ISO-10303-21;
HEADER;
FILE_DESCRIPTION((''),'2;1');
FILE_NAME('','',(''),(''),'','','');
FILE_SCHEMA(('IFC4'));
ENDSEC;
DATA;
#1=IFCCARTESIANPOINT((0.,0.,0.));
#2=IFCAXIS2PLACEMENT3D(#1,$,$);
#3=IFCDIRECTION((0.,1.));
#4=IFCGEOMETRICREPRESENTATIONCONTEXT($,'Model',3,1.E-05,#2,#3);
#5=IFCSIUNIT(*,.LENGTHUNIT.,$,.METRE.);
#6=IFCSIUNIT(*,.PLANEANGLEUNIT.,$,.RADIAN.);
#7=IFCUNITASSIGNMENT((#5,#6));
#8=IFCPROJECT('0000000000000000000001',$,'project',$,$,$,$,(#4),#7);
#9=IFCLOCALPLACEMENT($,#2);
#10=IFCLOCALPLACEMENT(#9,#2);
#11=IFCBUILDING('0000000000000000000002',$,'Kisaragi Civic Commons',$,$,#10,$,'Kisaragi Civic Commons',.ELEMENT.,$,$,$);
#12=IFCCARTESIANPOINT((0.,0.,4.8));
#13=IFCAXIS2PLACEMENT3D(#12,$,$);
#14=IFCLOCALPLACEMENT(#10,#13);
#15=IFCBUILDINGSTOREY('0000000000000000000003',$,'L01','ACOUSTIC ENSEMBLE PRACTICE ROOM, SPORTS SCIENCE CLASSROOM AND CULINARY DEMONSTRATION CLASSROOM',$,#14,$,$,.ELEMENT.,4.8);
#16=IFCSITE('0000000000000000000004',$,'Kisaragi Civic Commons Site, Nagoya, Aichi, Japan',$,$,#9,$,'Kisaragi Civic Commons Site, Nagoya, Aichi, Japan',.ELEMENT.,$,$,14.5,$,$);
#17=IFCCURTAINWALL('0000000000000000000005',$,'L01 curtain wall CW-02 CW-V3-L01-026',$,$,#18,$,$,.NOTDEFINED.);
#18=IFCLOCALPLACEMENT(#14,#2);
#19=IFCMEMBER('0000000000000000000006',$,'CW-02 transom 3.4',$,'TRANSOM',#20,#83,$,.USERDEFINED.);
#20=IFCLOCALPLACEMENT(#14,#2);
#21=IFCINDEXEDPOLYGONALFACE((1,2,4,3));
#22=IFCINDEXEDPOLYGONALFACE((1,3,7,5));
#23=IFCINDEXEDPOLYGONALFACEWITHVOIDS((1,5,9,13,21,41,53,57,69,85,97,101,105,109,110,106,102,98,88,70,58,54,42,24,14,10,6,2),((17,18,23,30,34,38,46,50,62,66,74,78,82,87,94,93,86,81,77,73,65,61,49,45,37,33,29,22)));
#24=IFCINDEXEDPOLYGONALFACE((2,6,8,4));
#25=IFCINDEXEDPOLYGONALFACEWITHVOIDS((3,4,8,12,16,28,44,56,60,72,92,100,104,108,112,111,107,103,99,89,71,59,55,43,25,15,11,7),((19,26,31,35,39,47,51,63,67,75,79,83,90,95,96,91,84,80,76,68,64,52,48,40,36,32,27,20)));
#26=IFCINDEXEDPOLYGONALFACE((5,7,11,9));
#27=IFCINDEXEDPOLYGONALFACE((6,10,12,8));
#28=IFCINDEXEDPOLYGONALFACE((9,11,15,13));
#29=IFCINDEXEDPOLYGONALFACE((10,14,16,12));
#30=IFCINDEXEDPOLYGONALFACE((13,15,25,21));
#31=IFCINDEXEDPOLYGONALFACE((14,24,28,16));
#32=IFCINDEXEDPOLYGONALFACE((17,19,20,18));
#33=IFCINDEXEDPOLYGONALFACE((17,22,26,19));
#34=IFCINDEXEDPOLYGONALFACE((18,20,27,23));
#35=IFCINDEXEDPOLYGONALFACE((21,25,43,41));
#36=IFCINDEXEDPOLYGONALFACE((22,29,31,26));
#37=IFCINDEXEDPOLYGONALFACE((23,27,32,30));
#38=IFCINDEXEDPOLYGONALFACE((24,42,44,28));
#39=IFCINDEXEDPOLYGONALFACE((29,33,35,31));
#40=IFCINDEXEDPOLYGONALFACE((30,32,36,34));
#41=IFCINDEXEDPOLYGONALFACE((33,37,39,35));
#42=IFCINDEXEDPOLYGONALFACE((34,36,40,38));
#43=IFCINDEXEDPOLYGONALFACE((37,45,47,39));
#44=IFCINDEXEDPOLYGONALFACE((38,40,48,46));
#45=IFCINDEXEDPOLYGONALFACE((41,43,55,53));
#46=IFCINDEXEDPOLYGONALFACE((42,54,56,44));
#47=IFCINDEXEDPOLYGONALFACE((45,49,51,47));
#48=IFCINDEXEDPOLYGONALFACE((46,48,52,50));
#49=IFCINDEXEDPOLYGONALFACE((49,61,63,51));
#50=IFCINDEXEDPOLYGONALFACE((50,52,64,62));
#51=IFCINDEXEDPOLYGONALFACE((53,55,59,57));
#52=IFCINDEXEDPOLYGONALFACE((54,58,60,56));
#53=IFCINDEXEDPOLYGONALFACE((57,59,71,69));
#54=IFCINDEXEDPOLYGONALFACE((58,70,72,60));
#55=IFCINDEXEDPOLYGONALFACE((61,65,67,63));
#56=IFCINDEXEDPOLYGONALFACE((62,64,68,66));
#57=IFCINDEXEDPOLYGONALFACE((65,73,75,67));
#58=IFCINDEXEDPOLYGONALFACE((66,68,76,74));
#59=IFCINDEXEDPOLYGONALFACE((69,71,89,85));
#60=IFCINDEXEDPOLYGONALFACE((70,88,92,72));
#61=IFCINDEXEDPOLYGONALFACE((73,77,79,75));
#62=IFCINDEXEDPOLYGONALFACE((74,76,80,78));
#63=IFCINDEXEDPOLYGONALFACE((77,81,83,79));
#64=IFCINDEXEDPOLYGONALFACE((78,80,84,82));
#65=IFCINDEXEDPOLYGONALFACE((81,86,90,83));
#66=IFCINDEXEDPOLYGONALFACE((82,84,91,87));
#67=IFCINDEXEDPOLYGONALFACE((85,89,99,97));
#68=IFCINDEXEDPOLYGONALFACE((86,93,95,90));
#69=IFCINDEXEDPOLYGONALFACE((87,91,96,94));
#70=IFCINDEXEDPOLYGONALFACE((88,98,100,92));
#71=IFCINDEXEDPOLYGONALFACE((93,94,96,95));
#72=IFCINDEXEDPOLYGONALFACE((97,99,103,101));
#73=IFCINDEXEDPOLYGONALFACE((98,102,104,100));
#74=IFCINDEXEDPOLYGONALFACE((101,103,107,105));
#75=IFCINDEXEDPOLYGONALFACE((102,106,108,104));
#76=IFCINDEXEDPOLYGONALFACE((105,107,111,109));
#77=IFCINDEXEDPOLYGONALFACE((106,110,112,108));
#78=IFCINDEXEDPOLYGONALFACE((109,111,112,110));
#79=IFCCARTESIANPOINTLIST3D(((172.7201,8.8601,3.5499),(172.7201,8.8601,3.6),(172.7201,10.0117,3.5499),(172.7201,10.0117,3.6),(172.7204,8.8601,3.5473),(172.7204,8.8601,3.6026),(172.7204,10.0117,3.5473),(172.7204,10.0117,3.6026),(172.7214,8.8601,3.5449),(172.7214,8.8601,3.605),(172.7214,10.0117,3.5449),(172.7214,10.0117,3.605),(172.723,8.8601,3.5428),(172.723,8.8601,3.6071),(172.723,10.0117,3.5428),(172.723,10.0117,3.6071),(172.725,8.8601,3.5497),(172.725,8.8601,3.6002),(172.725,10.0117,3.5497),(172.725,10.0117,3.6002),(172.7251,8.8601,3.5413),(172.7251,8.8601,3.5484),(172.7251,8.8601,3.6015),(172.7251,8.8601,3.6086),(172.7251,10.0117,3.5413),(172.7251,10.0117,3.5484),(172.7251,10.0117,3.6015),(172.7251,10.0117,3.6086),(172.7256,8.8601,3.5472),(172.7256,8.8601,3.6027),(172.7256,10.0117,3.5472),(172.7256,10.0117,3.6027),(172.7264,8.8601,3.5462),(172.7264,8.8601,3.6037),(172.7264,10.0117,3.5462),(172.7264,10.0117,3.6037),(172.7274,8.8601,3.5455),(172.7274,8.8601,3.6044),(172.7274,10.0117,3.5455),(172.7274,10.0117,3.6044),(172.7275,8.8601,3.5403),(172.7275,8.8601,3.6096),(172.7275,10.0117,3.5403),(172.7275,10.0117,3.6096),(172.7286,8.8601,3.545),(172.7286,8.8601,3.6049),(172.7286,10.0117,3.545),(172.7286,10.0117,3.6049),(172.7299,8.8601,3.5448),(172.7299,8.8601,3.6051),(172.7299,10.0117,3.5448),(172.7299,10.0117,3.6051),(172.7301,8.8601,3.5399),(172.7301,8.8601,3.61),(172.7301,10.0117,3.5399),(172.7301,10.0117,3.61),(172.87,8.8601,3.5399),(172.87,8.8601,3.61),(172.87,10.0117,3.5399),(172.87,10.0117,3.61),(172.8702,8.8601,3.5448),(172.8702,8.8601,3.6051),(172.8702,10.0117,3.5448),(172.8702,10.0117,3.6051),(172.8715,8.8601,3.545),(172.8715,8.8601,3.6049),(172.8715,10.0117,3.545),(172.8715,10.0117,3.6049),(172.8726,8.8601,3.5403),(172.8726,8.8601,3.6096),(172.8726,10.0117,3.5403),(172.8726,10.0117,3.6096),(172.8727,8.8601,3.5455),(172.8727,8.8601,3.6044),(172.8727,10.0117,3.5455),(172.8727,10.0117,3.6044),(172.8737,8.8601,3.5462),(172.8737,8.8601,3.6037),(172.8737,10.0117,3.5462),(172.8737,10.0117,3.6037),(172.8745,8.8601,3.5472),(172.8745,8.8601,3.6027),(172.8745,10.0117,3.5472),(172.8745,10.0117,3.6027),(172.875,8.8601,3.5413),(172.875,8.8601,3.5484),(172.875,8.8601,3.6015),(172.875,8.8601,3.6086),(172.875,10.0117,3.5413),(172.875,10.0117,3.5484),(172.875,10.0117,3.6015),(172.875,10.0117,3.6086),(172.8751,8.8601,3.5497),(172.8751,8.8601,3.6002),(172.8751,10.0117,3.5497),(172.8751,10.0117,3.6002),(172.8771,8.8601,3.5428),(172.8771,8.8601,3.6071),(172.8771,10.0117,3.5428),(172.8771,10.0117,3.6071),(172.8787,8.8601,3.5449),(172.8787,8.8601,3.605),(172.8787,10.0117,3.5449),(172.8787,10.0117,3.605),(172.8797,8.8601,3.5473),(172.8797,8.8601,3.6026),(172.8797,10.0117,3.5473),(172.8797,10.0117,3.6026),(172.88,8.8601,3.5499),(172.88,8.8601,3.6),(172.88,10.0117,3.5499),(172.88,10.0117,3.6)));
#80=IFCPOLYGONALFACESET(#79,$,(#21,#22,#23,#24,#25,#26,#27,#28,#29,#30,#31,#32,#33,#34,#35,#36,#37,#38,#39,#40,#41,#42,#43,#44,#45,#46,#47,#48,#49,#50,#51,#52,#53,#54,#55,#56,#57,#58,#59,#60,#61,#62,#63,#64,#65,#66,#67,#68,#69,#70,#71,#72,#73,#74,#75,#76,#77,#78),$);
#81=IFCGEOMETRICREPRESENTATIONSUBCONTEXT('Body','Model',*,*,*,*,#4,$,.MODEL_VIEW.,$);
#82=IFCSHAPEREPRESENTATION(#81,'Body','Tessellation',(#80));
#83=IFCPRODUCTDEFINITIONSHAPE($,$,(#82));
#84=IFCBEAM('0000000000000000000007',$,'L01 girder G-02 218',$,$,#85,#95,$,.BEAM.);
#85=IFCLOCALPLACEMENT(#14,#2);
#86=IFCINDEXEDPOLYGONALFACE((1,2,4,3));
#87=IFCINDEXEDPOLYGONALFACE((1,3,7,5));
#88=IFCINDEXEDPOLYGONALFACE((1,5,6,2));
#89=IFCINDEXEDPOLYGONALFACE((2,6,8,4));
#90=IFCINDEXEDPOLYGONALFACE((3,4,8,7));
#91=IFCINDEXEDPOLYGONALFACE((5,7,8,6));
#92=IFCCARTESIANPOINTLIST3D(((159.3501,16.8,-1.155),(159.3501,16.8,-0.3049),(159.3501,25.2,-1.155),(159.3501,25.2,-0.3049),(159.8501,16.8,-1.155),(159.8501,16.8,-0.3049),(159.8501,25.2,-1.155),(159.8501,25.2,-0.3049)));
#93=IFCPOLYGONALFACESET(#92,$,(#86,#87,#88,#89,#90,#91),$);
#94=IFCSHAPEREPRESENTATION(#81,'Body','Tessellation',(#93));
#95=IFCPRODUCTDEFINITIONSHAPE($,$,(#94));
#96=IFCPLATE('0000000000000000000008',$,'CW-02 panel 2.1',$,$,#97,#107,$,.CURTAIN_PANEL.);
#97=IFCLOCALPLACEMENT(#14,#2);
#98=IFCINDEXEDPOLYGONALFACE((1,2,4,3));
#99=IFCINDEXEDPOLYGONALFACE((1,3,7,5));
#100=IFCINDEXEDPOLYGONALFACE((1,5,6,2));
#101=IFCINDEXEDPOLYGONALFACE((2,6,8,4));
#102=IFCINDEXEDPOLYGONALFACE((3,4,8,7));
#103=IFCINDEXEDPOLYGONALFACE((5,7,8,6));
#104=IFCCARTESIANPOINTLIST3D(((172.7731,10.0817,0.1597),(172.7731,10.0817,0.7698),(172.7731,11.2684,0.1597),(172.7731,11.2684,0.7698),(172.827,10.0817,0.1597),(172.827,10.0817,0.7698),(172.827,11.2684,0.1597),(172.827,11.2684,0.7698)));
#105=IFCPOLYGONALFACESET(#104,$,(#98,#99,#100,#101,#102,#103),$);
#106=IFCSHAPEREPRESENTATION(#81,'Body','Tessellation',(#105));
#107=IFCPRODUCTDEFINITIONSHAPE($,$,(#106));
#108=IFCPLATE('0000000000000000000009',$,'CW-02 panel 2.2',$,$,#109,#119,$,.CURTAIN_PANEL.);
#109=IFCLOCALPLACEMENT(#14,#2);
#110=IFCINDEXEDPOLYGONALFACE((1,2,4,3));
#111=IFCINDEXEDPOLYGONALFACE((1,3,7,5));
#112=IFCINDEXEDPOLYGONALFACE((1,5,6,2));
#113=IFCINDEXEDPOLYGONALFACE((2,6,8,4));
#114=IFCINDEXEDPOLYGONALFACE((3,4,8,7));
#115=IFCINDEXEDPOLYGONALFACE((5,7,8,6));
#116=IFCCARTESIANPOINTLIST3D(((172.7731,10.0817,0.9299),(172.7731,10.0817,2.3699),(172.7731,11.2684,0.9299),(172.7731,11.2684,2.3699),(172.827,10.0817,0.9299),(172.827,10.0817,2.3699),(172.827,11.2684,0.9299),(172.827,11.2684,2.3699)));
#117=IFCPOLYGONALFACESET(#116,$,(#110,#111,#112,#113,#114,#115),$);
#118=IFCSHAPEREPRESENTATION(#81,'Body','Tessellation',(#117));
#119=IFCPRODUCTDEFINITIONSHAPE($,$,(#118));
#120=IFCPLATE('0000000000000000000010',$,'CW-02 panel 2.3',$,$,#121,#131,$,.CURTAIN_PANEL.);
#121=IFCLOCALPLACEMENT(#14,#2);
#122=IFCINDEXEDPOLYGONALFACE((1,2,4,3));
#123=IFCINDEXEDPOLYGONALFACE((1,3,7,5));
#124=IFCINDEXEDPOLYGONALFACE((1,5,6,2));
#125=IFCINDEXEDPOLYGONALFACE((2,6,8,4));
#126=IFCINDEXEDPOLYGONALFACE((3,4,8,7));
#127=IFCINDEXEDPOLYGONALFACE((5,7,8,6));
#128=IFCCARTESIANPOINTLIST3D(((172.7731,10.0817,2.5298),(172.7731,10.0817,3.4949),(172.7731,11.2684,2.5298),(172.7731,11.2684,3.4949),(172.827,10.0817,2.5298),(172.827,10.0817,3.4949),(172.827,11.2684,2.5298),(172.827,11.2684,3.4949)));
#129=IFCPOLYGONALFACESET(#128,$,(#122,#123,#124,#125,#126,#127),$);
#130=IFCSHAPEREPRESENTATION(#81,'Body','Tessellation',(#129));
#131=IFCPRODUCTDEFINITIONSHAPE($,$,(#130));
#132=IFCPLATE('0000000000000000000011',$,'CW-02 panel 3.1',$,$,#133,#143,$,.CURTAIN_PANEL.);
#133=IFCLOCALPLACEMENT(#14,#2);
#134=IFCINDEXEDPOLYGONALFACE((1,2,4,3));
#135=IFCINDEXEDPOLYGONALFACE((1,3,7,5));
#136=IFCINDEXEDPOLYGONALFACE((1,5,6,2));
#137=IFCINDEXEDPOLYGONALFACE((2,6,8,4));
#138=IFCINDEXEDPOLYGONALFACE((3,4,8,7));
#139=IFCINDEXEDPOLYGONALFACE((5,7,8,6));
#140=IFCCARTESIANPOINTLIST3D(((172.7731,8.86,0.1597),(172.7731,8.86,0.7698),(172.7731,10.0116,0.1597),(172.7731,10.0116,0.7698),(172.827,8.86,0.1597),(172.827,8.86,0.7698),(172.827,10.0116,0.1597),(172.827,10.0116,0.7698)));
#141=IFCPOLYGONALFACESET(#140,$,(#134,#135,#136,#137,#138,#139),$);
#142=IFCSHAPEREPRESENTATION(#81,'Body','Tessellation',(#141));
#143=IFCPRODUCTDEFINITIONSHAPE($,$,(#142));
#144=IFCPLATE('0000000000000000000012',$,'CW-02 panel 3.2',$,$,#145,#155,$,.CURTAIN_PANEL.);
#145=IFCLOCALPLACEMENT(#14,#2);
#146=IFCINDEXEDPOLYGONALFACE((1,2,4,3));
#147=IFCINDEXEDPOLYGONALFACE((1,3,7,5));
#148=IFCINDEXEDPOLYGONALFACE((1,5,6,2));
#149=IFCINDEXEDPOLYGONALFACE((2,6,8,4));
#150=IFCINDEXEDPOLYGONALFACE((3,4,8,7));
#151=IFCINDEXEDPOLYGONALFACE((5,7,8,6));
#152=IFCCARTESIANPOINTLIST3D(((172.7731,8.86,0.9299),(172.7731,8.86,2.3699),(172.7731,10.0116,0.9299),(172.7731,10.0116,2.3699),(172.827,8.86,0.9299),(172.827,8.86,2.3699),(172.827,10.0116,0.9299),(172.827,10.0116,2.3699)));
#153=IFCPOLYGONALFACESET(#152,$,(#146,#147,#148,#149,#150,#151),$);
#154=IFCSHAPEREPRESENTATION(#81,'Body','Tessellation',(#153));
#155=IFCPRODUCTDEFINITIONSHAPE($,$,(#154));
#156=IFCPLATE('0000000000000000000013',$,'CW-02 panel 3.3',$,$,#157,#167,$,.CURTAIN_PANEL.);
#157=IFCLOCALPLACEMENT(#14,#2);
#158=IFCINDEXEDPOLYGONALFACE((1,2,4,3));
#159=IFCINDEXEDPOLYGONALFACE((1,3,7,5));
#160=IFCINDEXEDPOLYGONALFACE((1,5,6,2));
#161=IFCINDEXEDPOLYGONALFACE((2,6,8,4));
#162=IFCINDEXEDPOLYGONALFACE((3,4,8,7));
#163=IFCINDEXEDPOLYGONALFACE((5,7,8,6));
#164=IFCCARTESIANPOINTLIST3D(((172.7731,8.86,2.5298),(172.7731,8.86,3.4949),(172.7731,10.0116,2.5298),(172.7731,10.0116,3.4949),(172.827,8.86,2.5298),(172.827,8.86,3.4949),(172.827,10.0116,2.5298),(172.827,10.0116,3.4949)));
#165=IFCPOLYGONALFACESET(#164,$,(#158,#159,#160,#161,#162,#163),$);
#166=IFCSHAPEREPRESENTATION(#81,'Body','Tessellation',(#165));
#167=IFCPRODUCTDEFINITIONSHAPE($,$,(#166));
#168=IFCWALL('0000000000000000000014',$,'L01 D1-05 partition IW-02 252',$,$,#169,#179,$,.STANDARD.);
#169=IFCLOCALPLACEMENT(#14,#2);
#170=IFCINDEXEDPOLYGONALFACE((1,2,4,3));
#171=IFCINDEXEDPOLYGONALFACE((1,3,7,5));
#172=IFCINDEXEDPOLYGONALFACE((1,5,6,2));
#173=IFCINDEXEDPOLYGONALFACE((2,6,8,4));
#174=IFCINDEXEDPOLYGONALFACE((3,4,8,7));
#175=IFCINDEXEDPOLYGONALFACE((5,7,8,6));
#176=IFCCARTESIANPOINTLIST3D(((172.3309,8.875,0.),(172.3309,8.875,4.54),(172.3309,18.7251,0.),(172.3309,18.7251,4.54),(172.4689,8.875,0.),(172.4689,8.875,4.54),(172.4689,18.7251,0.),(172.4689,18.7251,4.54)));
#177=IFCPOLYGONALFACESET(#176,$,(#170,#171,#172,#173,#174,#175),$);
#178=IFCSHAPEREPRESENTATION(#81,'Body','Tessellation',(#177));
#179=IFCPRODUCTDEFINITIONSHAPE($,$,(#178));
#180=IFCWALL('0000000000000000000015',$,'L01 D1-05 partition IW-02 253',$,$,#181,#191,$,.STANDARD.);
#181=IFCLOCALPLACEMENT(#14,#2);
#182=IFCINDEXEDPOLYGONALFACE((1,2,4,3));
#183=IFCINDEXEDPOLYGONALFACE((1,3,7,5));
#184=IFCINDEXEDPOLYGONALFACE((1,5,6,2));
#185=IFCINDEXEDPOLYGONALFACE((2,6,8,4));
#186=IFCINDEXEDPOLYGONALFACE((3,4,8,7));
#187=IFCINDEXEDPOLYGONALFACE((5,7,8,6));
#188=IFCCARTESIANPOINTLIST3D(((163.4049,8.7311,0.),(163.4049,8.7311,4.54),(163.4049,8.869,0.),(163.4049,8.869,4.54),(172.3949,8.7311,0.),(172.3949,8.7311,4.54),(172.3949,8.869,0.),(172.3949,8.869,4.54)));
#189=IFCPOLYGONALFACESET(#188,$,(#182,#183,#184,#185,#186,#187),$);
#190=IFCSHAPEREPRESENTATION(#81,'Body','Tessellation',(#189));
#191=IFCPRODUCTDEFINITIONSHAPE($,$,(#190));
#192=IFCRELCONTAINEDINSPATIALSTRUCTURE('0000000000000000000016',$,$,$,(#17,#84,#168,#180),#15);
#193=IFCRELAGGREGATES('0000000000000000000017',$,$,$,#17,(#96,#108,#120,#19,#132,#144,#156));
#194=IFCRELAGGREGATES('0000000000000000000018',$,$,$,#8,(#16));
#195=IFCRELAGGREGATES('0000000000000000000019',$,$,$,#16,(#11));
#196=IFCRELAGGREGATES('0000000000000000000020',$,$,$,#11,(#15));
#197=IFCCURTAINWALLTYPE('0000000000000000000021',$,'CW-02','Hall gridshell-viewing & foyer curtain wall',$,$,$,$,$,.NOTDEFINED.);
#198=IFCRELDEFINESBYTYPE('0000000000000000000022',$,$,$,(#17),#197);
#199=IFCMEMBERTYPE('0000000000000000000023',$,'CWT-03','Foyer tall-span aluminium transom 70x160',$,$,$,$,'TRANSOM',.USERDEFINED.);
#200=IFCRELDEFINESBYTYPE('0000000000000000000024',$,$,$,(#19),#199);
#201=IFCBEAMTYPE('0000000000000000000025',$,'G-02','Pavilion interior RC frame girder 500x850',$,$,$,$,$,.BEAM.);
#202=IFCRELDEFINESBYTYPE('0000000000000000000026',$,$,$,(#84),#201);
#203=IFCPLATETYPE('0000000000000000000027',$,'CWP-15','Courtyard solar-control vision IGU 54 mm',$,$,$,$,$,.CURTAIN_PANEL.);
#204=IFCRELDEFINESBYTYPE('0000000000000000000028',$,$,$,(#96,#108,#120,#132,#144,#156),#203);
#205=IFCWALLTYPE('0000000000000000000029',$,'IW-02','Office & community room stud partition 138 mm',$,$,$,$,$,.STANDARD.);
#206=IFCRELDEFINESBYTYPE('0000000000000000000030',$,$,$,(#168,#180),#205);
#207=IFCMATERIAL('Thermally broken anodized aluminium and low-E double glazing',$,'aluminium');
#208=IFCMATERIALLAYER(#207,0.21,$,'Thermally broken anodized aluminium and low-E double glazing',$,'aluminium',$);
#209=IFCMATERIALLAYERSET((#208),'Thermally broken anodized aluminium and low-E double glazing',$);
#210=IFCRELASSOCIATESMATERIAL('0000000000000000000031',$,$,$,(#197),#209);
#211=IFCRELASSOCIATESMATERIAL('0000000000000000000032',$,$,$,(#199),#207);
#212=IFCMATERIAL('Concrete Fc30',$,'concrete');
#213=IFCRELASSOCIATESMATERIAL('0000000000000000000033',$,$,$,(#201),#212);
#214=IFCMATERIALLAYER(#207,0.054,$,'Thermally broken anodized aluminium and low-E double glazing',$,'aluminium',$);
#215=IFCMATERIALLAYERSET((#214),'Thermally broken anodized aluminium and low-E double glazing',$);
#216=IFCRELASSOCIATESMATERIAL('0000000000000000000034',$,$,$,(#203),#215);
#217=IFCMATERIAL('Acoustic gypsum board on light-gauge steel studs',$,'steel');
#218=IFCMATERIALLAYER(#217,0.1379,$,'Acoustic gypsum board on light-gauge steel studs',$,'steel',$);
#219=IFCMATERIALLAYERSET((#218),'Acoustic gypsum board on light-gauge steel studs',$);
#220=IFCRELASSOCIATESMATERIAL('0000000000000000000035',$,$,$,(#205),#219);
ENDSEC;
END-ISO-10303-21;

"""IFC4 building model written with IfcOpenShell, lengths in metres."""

from ifc_helpers import new_model, si_unit, direction, frame, frame_2d, origin, origin_2d, place, context, subcontext, project, spatial, rectangle, hollow_rectangle, extrude, material, layer, layer_set, material_profile, profile_set, type_object, element, aggregate, save


model = new_model("IFC4")

# Units and contexts
model_context = context("Model", 3, precision=1e-05, world=origin(), true_north=direction((0.0, 1.0)))
body_context = subcontext(model_context, "Body", "Model", "MODEL_VIEW")
ifc_project = project(units=[si_unit("LENGTHUNIT", "METRE"), si_unit("PLANEANGLEUNIT", "RADIAN")], contexts=[model_context])

# Site, building, storey
site_placement = place(None, origin())
site = spatial("IfcSite", under=ifc_project, at=site_placement, Name="Kisaragi Civic Commons Site, Nagoya, Aichi, Japan", LongName="Kisaragi Civic Commons Site, Nagoya, Aichi, Japan", CompositionType="ELEMENT", RefElevation=14.5)
building_placement = place(site_placement, origin())
building = spatial("IfcBuilding", under=site, at=building_placement, Name="Kisaragi Civic Commons", LongName="Kisaragi Civic Commons", CompositionType="ELEMENT")
storey_placement = place(building_placement, frame((0.0, 0.0, 4.8)))
storey = spatial("IfcBuildingStorey", under=building, at=storey_placement, Name="L01", Description="ACOUSTIC ENSEMBLE PRACTICE ROOM, SPORTS SCIENCE CLASSROOM AND CULINARY DEMONSTRATION CLASSROOM", CompositionType="ELEMENT", Elevation=4.8)

# Curtain wall, member
ifc_material_1 = material(Name="Thermally broken anodized aluminium and low-E double glazing", Category="aluminium")
ifc_layer_1 = layer(ifc_material_1, 0.21, Name="Thermally broken anodized aluminium and low-E double glazing", Category="aluminium")
ifc_layer_set_1 = layer_set([ifc_layer_1], Name="Thermally broken anodized aluminium and low-E double glazing")
curtain_wall_type = type_object("IfcCurtainWallType", Name="CW-02", Description="Hall gridshell-viewing & foyer curtain wall", PredefinedType="NOTDEFINED", material=ifc_layer_set_1)
curtain_wall_placement = place(storey_placement, origin())
curtain_wall = element("IfcCurtainWall", 1, at=curtain_wall_placement, inside=storey, type_object=curtain_wall_type, Name="L01 curtain wall CW-02 CW-V3-L01-026", PredefinedType="NOTDEFINED")
ifc_material_profile_1 = material_profile(ifc_material_1, hollow_rectangle(XDim=0.1599, YDim=0.0701, WallThickness=0.0049, InnerFilletRadius=0.0049, OuterFilletRadius=0.01, at=origin_2d()), Name="CWT-70x160x5", Category="aluminium")
ifc_profile_set_1 = profile_set([ifc_material_profile_1], Name="Thermally broken anodized aluminium and low-E double glazing")
member_type_1 = type_object("IfcMemberType", Name="CWT-03", Description="Foyer tall-span aluminium transom 70x160", ElementType="TRANSOM", PredefinedType="USERDEFINED", material=ifc_profile_set_1)
member_1_placement = place(storey_placement, frame((172.8, 10.0117, 3.575), z_axis=(0.0, -1.0, 0.0), x_axis=(1.0, 0.0, 0.0)))
member_1 = element("IfcMember", 2, at=member_1_placement, type_object=member_type_1, Name="CW-02 transom 3.4", ObjectType="TRANSOM", PredefinedType="USERDEFINED", context=body_context, shape_type="SweptSolid", body=[
    extrude(hollow_rectangle(XDim=0.1599, YDim=0.0701, WallThickness=0.0049, InnerFilletRadius=0.0049, OuterFilletRadius=0.01, at=origin_2d()), origin(), (0.0, 0.0, 1.0), 1.1516),
])

# Beam
ifc_material_2 = material(Name="Concrete Fc30", Category="concrete")
ifc_material_profile_2 = material_profile(ifc_material_2, rectangle(XDim=0.5, YDim=0.8501, at=origin_2d()), Name="RC-500x850", Category="concrete")
ifc_profile_set_2 = profile_set([ifc_material_profile_2], Name="Concrete Fc30")
beam_type = type_object("IfcBeamType", Name="G-02", Description="Pavilion interior RC frame girder 500x850", PredefinedType="BEAM", material=ifc_profile_set_2)
beam_placement = place(storey_placement, frame((159.6001, 16.8, -0.73), z_axis=(0.0, 1.0, 0.0), x_axis=(-1.0, 0.0, 0.0)))
element("IfcBeam", 3, at=beam_placement, inside=storey, type_object=beam_type, Name="L01 girder G-02 218", PredefinedType="BEAM", context=body_context, shape_type="SweptSolid", body=[
    extrude(rectangle(XDim=0.5, YDim=0.8501, at=origin_2d()), origin(), (0.0, 0.0, 1.0), 8.3999),
])

# Plates
ifc_layer_2 = layer(ifc_material_1, 0.054, Name="Thermally broken anodized aluminium and low-E double glazing", Category="aluminium")
ifc_layer_set_2 = layer_set([ifc_layer_2], Name="Thermally broken anodized aluminium and low-E double glazing")
plate_type = type_object("IfcPlateType", Name="CWP-15", Description="Courtyard solar-control vision IGU 54 mm", PredefinedType="CURTAIN_PANEL", material=ifc_layer_set_2)
plate_1_placement = place(storey_placement, frame((172.8, 10.675, 0.1597), z_axis=(0.0, 0.0, 1.0), x_axis=(0.0, -1.0, 0.0)))
plate_1 = element("IfcPlate", 4, at=plate_1_placement, type_object=plate_type, Name="CW-02 panel 2.1", PredefinedType="CURTAIN_PANEL", context=body_context, shape_type="SweptSolid", body=[
    extrude(rectangle(XDim=1.1868, YDim=0.054, at=origin_2d()), origin(), (0.0, 0.0, 1.0), 0.6101),
])
plate_2_placement = place(storey_placement, frame((172.8, 10.675, 0.9299), z_axis=(0.0, 0.0, 1.0), x_axis=(0.0, -1.0, 0.0)))
plate_2 = element("IfcPlate", 5, at=plate_2_placement, type_object=plate_type, Name="CW-02 panel 2.2", PredefinedType="CURTAIN_PANEL", context=body_context, shape_type="SweptSolid", body=[
    extrude(rectangle(XDim=1.1868, YDim=0.054, at=origin_2d()), origin(), (0.0, 0.0, 1.0), 1.4399),
])
plate_3_placement = place(storey_placement, frame((172.8, 10.675, 2.5298), z_axis=(0.0, 0.0, 1.0), x_axis=(0.0, -1.0, 0.0)))
plate_3 = element("IfcPlate", 6, at=plate_3_placement, type_object=plate_type, Name="CW-02 panel 2.3", PredefinedType="CURTAIN_PANEL", context=body_context, shape_type="SweptSolid", body=[
    extrude(rectangle(XDim=1.1868, YDim=0.054, at=origin_2d()), origin(), (0.0, 0.0, 1.0), 0.9651),
])
plate_4_placement = place(storey_placement, frame((172.8, 9.4358, 0.1597), z_axis=(0.0, 0.0, 1.0), x_axis=(0.0, -1.0, 0.0)))
plate_4 = element("IfcPlate", 7, at=plate_4_placement, type_object=plate_type, Name="CW-02 panel 3.1", PredefinedType="CURTAIN_PANEL", context=body_context, shape_type="SweptSolid", body=[
    extrude(rectangle(XDim=1.1516, YDim=0.054, at=origin_2d()), origin(), (0.0, 0.0, 1.0), 0.6101),
])
plate_5_placement = place(storey_placement, frame((172.8, 9.4358, 0.9299), z_axis=(0.0, 0.0, 1.0), x_axis=(0.0, -1.0, 0.0)))
plate_5 = element("IfcPlate", 8, at=plate_5_placement, type_object=plate_type, Name="CW-02 panel 3.2", PredefinedType="CURTAIN_PANEL", context=body_context, shape_type="SweptSolid", body=[
    extrude(rectangle(XDim=1.1516, YDim=0.054, at=origin_2d()), origin(), (0.0, 0.0, 1.0), 1.4399),
])
plate_6_placement = place(storey_placement, frame((172.8, 9.4358, 2.5298), z_axis=(0.0, 0.0, 1.0), x_axis=(0.0, -1.0, 0.0)))
plate_6 = element("IfcPlate", 9, at=plate_6_placement, type_object=plate_type, Name="CW-02 panel 3.3", PredefinedType="CURTAIN_PANEL", context=body_context, shape_type="SweptSolid", body=[
    extrude(rectangle(XDim=1.1516, YDim=0.054, at=origin_2d()), origin(), (0.0, 0.0, 1.0), 0.9651),
])
aggregate(curtain_wall, [plate_1, plate_2, plate_3, member_1, plate_4, plate_5, plate_6])

# Walls
ifc_material_3 = material(Name="Acoustic gypsum board on light-gauge steel studs", Category="steel")
ifc_layer_3 = layer(ifc_material_3, 0.1379, Name="Acoustic gypsum board on light-gauge steel studs", Category="steel")
ifc_layer_set_3 = layer_set([ifc_layer_3], Name="Acoustic gypsum board on light-gauge steel studs")
wall_type_1 = type_object("IfcWallType", Name="IW-02", Description="Office & community room stud partition 138 mm", PredefinedType="STANDARD", material=ifc_layer_set_3)
wall_1_placement = place(storey_placement, frame((172.3999, 18.7251, 0.0), z_axis=(0.0, 0.0, 1.0), x_axis=(0.0, -1.0, 0.0)))
element("IfcWall", 10, at=wall_1_placement, inside=storey, type_object=wall_type_1, Name="L01 D1-05 partition IW-02 252", PredefinedType="STANDARD", context=body_context, shape_type="SweptSolid", body=[
    extrude(rectangle(XDim=9.8501, YDim=0.1379, at=frame_2d((4.925, 0.0))), origin(), (0.0, 0.0, 1.0), 4.54),
])
wall_2_placement = place(storey_placement, frame((172.395, 8.8, 0.0), z_axis=(0.0, 0.0, 1.0), x_axis=(-1.0, 0.0, 0.0)))
element("IfcWall", 11, at=wall_2_placement, inside=storey, type_object=wall_type_1, Name="L01 D1-05 partition IW-02 253", PredefinedType="STANDARD", context=body_context, shape_type="SweptSolid", body=[
    extrude(rectangle(XDim=8.99, YDim=0.1379, at=frame_2d((4.4951, 0.0))), origin(), (0.0, 0.0, 1.0), 4.54),
])

save(model, "model.ifc")
